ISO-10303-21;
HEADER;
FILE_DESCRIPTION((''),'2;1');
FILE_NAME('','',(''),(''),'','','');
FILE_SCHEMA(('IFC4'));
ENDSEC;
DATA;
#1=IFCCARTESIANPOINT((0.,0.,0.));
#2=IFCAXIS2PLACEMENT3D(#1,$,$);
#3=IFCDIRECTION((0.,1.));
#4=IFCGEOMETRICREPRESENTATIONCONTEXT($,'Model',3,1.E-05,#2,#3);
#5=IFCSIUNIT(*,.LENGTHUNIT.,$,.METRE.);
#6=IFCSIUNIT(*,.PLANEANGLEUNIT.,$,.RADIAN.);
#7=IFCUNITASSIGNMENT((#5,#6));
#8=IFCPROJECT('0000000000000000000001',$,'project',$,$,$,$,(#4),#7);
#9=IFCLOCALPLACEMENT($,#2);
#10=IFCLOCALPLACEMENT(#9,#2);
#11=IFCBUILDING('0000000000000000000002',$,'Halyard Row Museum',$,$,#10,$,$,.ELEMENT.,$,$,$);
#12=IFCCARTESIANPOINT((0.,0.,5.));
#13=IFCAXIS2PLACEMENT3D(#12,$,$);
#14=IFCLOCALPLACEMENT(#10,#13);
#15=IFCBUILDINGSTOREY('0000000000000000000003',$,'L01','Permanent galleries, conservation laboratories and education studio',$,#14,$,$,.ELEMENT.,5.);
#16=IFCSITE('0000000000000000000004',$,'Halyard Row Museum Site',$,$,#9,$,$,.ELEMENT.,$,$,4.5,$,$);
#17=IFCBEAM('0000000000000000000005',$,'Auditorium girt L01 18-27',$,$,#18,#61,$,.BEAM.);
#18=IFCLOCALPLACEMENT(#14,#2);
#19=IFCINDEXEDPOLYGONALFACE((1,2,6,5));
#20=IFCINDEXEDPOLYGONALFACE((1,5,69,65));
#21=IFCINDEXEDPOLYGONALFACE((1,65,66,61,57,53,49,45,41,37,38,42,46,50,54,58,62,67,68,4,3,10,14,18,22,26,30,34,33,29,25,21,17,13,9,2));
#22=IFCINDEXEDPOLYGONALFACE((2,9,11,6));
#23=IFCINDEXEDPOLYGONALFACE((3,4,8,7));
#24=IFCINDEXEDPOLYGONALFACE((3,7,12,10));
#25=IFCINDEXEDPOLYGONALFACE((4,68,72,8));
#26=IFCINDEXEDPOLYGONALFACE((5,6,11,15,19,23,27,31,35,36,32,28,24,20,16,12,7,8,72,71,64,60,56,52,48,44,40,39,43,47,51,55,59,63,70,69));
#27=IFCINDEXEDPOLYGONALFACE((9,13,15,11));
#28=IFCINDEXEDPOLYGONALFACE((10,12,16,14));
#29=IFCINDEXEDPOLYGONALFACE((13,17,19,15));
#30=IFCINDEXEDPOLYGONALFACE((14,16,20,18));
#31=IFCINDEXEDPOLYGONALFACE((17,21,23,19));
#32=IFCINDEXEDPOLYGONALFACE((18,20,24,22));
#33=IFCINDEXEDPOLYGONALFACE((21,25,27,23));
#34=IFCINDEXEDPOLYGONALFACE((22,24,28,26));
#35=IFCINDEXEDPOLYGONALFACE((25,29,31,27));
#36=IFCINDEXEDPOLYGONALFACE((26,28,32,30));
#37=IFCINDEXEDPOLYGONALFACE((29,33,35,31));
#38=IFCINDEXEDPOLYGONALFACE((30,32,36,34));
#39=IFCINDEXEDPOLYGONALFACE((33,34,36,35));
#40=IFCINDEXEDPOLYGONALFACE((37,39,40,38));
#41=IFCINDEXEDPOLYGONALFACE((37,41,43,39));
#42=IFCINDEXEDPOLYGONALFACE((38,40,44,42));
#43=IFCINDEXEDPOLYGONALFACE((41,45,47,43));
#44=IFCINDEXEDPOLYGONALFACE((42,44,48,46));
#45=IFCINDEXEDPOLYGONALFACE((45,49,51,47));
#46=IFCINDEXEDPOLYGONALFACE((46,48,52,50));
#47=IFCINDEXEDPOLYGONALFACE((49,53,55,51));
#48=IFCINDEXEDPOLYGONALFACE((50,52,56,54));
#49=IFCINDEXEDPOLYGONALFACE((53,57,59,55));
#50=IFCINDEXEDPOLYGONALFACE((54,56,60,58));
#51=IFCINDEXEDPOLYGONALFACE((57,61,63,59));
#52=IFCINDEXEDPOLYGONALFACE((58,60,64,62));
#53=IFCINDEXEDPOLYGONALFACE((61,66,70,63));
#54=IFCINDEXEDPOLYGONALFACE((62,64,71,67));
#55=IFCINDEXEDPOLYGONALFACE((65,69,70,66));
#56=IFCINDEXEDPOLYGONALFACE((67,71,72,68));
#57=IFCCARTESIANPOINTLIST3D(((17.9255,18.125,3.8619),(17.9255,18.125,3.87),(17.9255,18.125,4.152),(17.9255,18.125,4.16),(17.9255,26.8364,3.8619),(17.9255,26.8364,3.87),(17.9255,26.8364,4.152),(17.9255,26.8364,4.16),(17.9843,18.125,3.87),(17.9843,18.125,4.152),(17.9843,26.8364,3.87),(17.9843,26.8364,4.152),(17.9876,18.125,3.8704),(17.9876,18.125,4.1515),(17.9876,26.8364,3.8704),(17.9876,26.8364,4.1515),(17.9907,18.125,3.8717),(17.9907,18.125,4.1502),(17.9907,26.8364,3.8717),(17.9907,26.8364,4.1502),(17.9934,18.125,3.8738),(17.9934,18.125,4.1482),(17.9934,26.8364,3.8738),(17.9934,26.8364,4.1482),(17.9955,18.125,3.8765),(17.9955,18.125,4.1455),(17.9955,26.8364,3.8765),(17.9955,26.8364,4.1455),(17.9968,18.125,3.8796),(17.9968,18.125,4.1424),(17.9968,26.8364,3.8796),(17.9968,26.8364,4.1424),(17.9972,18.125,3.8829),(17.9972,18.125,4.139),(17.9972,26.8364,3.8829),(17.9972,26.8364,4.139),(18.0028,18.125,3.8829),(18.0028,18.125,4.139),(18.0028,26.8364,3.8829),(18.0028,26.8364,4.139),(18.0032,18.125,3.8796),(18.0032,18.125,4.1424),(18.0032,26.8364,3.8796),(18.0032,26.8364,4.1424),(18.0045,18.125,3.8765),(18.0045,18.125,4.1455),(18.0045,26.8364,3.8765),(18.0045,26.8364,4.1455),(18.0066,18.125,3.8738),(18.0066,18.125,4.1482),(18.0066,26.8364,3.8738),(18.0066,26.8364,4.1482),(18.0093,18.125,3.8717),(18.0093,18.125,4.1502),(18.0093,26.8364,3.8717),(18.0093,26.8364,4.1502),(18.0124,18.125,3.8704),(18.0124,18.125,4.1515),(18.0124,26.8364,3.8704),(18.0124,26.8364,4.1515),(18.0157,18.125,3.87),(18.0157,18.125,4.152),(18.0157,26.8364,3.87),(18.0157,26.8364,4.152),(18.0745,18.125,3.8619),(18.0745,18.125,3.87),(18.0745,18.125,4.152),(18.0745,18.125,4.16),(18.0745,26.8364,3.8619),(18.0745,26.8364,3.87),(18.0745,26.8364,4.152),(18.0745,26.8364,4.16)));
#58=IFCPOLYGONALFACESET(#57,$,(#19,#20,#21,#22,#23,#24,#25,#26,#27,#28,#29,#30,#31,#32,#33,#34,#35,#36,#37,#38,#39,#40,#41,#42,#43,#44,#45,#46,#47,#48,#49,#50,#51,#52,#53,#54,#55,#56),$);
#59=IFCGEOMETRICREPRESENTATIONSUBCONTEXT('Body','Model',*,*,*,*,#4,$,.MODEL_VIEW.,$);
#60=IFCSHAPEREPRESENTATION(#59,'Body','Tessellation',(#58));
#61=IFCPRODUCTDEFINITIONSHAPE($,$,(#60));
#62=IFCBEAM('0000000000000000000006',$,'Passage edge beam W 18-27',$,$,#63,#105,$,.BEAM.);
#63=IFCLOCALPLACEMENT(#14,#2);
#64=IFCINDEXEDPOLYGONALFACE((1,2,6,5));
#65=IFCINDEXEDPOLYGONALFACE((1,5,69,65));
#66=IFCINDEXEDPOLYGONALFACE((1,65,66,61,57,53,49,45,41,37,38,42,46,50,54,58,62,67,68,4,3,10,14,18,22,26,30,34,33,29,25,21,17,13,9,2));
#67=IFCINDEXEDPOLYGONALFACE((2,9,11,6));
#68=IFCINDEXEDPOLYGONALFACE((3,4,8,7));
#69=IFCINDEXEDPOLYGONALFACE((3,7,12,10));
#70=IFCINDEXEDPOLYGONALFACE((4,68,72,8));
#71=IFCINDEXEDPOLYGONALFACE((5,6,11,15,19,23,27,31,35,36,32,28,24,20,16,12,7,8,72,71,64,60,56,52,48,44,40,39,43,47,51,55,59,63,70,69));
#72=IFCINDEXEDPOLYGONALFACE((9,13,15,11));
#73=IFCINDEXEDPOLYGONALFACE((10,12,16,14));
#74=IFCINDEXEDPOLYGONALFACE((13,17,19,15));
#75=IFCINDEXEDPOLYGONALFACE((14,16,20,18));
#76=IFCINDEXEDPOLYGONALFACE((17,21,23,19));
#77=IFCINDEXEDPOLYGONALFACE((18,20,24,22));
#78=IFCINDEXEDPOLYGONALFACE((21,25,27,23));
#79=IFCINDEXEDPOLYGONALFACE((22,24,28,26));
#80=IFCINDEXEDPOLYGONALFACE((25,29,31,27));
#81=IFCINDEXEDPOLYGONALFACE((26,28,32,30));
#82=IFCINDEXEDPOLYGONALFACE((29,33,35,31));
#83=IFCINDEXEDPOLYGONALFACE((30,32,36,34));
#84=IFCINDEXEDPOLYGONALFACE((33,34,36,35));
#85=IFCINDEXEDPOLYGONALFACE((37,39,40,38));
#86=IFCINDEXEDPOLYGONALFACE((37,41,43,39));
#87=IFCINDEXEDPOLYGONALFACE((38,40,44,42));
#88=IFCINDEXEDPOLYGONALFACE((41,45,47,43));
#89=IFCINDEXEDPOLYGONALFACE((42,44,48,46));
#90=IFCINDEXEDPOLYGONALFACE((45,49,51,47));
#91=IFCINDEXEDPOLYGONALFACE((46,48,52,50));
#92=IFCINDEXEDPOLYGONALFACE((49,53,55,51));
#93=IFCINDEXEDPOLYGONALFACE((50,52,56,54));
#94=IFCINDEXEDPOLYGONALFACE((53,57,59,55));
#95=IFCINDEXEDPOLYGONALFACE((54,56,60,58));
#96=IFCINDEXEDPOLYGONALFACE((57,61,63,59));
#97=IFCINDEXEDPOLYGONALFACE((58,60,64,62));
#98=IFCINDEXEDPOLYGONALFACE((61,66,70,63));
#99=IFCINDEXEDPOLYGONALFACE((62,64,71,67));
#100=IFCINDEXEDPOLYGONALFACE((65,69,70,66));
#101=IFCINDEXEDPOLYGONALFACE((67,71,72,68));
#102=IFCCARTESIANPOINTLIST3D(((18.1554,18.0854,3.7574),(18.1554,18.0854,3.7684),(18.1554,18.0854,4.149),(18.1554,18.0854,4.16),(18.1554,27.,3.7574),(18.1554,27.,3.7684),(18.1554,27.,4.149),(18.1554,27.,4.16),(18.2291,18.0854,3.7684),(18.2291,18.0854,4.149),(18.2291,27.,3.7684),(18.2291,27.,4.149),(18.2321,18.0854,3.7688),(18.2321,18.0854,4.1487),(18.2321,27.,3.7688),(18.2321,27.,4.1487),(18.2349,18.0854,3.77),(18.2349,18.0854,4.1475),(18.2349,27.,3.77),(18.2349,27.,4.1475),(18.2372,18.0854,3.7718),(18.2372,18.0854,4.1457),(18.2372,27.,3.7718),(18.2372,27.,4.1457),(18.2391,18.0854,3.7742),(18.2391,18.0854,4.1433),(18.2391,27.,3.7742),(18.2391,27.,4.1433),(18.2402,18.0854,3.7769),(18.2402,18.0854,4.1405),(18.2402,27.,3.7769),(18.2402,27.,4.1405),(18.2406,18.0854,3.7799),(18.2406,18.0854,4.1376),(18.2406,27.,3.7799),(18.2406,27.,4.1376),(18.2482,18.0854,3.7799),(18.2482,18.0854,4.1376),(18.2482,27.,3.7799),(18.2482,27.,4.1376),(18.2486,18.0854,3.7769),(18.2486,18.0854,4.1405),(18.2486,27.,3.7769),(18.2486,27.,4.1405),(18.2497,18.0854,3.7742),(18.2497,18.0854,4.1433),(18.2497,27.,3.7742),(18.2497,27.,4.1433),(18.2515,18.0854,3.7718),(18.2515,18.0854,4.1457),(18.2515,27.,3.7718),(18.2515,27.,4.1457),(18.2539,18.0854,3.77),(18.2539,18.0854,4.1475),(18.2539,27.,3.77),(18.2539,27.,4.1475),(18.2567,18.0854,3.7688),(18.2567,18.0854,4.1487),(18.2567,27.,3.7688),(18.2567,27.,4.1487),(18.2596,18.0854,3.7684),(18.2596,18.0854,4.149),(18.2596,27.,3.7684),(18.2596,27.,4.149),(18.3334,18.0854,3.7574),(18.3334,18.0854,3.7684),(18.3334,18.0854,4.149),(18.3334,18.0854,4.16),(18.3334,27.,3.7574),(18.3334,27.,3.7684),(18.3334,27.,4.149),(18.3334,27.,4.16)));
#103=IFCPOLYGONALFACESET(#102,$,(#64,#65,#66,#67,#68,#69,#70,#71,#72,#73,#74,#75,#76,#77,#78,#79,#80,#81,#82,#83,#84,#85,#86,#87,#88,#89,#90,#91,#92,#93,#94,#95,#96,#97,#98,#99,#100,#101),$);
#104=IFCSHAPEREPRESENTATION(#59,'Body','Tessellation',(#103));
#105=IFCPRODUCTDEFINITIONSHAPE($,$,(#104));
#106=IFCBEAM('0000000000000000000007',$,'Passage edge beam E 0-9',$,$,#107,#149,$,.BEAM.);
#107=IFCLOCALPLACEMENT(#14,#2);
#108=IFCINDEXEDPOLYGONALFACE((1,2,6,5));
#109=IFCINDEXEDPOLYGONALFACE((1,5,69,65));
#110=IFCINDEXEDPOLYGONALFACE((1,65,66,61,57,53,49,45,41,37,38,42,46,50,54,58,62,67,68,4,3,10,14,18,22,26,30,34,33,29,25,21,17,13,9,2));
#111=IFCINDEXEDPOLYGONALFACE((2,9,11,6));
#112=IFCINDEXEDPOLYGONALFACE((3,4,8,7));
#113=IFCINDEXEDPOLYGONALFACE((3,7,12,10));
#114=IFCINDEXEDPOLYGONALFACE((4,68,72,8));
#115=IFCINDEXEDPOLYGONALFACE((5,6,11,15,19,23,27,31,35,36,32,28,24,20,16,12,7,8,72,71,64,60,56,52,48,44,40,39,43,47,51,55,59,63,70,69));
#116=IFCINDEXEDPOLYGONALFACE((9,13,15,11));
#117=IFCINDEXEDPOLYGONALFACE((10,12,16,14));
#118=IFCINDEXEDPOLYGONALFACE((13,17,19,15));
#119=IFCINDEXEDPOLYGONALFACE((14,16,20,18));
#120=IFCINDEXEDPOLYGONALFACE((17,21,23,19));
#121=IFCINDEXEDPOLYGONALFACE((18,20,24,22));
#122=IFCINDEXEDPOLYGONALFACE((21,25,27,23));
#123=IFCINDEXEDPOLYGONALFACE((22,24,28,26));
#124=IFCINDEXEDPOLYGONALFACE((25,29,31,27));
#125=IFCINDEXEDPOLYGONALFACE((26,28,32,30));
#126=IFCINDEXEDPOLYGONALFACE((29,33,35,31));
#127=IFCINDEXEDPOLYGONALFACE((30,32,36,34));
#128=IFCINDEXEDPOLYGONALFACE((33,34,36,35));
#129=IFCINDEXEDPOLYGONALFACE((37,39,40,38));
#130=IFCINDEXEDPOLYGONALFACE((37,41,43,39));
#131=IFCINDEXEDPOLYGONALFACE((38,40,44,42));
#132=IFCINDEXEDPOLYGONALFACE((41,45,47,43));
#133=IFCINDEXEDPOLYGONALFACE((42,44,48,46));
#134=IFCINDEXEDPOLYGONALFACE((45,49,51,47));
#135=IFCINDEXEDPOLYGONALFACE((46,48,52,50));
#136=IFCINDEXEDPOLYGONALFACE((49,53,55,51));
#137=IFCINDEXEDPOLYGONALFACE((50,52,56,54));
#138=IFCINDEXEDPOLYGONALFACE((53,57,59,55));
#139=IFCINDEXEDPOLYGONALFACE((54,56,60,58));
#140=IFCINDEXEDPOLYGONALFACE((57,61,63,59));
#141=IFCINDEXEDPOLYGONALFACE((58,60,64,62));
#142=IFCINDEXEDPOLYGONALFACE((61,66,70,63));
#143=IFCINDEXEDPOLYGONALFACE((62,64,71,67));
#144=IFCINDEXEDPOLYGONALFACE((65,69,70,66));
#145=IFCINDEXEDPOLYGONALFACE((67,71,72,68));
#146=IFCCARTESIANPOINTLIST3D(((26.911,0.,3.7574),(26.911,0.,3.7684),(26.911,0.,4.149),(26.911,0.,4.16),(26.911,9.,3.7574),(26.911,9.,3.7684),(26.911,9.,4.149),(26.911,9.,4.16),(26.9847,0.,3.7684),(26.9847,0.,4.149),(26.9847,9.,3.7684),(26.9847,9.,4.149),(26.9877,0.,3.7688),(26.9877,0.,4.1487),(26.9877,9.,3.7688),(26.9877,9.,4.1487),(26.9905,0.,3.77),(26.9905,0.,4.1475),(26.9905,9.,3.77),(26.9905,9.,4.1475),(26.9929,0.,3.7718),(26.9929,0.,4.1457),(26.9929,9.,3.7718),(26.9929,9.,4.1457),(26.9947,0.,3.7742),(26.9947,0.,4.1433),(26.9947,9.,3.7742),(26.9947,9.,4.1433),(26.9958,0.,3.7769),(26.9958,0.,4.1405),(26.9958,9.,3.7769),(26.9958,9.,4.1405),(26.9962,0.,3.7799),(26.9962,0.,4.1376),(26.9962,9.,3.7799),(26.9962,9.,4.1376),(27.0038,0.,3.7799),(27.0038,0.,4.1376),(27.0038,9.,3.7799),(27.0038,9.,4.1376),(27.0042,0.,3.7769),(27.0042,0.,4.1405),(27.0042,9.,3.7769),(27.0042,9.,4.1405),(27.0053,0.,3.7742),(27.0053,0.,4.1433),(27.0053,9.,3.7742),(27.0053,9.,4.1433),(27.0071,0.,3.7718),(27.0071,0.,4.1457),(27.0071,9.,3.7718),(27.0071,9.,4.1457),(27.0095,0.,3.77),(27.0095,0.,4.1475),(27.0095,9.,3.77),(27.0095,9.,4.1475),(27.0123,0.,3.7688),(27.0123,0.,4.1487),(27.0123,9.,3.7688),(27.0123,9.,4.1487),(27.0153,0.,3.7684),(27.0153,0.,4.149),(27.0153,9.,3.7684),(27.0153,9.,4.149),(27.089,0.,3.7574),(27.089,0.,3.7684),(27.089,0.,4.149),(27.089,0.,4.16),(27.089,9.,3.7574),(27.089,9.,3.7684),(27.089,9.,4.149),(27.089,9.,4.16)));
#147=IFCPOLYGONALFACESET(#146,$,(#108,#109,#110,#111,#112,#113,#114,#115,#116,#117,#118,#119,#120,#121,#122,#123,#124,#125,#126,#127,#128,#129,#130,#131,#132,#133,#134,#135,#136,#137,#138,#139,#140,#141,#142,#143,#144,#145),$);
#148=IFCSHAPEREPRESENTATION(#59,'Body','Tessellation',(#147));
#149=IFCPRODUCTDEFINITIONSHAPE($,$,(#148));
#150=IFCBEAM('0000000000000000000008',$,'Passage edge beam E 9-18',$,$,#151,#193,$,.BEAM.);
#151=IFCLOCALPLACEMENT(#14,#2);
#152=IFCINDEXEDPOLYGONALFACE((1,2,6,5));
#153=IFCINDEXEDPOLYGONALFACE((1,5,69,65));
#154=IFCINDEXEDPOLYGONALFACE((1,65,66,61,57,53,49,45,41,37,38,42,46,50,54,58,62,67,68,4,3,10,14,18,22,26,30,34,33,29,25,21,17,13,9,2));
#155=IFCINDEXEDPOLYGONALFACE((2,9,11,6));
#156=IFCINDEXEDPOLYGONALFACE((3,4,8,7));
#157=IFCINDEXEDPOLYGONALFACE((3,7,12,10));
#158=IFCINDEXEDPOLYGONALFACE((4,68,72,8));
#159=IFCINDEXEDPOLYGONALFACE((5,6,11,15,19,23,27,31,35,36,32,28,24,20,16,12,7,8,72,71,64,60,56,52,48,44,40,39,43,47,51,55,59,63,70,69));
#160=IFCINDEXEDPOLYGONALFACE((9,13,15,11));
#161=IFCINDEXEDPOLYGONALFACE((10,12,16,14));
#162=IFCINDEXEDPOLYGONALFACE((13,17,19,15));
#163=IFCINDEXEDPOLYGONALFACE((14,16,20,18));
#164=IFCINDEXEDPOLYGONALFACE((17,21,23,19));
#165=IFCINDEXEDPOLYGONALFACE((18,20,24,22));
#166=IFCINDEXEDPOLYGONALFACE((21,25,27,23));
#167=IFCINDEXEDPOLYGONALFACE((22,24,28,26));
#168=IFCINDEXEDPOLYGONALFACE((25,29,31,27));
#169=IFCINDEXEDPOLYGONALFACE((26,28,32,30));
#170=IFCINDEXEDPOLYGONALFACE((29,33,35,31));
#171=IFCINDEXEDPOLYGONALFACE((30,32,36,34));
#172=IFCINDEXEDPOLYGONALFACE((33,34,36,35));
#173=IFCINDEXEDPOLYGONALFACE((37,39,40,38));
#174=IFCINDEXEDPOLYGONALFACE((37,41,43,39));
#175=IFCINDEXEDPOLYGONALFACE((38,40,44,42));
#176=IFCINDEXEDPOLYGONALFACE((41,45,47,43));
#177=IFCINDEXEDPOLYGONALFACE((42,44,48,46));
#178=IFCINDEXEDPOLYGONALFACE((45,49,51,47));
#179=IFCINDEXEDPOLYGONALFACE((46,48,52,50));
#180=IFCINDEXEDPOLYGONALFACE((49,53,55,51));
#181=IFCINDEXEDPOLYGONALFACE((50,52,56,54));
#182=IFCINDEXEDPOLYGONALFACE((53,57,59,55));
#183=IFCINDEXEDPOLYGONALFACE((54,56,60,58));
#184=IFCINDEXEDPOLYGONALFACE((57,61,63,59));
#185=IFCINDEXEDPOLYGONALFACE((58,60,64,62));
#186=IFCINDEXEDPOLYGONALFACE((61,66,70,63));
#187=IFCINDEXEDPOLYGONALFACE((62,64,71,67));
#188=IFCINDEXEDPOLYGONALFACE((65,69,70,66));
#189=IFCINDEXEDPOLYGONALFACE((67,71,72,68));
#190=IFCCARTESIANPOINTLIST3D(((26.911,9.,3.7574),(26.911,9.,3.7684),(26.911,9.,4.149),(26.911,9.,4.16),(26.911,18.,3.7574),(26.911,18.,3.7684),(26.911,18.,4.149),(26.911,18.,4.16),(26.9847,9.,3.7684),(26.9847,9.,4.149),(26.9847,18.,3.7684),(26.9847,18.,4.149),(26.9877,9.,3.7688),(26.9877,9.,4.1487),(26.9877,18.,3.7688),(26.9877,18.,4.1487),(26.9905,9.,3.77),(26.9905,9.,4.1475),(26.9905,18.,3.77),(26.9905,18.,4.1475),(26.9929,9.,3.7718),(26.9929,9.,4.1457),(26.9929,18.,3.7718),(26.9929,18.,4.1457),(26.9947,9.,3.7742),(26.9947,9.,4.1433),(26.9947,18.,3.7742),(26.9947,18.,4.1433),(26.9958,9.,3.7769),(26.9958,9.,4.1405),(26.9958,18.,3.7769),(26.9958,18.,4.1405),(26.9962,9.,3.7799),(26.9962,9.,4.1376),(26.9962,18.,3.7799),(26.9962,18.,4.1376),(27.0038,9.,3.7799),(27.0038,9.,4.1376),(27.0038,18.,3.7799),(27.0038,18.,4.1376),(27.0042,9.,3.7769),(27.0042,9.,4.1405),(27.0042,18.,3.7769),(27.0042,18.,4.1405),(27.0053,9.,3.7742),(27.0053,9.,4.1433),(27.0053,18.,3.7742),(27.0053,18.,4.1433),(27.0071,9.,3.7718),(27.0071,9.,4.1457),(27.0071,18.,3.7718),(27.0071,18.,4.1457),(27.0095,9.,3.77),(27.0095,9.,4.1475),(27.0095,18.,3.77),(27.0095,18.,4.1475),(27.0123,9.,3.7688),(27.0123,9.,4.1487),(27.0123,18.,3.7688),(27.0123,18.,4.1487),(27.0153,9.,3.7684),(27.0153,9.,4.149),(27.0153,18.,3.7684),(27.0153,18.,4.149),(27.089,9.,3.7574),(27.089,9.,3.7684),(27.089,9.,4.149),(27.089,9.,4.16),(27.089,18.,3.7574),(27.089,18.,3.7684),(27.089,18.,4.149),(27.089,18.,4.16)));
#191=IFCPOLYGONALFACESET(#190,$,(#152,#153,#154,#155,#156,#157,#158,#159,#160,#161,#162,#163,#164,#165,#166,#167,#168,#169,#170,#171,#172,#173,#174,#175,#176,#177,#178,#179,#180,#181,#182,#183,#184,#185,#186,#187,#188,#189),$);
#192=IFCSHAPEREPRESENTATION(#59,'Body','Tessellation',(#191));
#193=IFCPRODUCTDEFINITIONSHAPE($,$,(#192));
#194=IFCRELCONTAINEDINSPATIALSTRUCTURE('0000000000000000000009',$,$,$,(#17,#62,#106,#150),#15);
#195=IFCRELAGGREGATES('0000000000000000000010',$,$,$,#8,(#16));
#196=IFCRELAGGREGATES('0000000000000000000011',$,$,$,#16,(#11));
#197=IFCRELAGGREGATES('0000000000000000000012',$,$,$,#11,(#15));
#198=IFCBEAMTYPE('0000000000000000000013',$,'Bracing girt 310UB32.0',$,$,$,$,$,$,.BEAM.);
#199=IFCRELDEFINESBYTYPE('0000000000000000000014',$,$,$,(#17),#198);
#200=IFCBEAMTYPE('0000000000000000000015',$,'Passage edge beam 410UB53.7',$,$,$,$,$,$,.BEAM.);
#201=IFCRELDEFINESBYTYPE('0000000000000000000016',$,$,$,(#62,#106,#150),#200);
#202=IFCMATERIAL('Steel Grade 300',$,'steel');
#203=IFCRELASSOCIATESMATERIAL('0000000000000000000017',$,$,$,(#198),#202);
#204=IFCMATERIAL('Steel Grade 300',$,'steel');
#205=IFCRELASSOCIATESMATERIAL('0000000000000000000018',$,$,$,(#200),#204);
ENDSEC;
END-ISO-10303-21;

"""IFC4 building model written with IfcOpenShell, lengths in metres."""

from ifc_helpers import new_model, si_unit, direction, frame, origin, origin_2d, place, context, subcontext, project, spatial, i_section, extrude, material, material_profile, profile_set, type_object, element, save


model = new_model("IFC4")

# Units and contexts
model_context = context("Model", 3, precision=1e-05, world=origin(), true_north=direction((0.0, 1.0)))
body_context = subcontext(model_context, "Body", "Model", "MODEL_VIEW")
ifc_project = project(units=[si_unit("LENGTHUNIT", "METRE"), si_unit("PLANEANGLEUNIT", "RADIAN")], contexts=[model_context])

# Site, building, storey
site_placement = place(None, origin())
site = spatial("IfcSite", under=ifc_project, at=site_placement, Name="Halyard Row Museum Site", CompositionType="ELEMENT", RefElevation=4.5)
building_placement = place(site_placement, origin())
building = spatial("IfcBuilding", under=site, at=building_placement, Name="Halyard Row Museum", CompositionType="ELEMENT")
storey_placement = place(building_placement, frame((0.0, 0.0, 5.0)))
storey = spatial("IfcBuildingStorey", under=building, at=storey_placement, Name="L01", Description="Permanent galleries, conservation laboratories and education studio", CompositionType="ELEMENT", Elevation=5.0)

# Beams
ifc_material_1 = material(Name="Steel Grade 300", Category="steel")
ifc_material_profile_1 = material_profile(ifc_material_1, i_section(OverallWidth=0.1489, OverallDepth=0.2981, WebThickness=0.0056, FlangeThickness=0.0081, FilletRadius=0.0129, at=origin_2d()), Name="310UB32.0")
ifc_profile_set_1 = profile_set([ifc_material_profile_1], Name="Steel Grade 300")
beam_type_1 = type_object("IfcBeamType", Name="Bracing girt 310UB32.0", PredefinedType="BEAM", material=ifc_profile_set_1)
beam_1_placement = place(storey_placement, frame((18.0, 18.125, 4.011), z_axis=(0.0, 1.0, 0.0), x_axis=(-1.0, 0.0, 0.0)))
element("IfcBeam", 1, at=beam_1_placement, inside=storey, type_object=beam_type_1, Name="Auditorium girt L01 18-27", PredefinedType="BEAM", context=body_context, shape_type="SweptSolid", body=[
    extrude(i_section(OverallWidth=0.1489, OverallDepth=0.2981, WebThickness=0.0056, FlangeThickness=0.0081, FilletRadius=0.0129, at=origin_2d()), origin(), (0.0, 0.0, 1.0), 8.7114),
])
ifc_material_2 = material(Name="Steel Grade 300", Category="steel")
ifc_material_profile_2 = material_profile(ifc_material_2, i_section(OverallWidth=0.178, OverallDepth=0.4026, WebThickness=0.0076, FlangeThickness=0.011, FilletRadius=0.0115, at=origin_2d()), Name="410UB53.7")
ifc_profile_set_2 = profile_set([ifc_material_profile_2], Name="Steel Grade 300")
beam_type_2 = type_object("IfcBeamType", Name="Passage edge beam 410UB53.7", PredefinedType="BEAM", material=ifc_profile_set_2)
beam_2_placement = place(storey_placement, frame((18.2444, 18.0854, 3.9587), z_axis=(0.0, 1.0, 0.0), x_axis=(-1.0, 0.0, 0.0)))
element("IfcBeam", 2, at=beam_2_placement, inside=storey, type_object=beam_type_2, Name="Passage edge beam W 18-27", PredefinedType="BEAM", context=body_context, shape_type="SweptSolid", body=[
    extrude(i_section(OverallWidth=0.178, OverallDepth=0.4026, WebThickness=0.0076, FlangeThickness=0.011, FilletRadius=0.0115, at=origin_2d()), origin(), (0.0, 0.0, 1.0), 8.9146),
])
for number, where, z_axis, x_axis, name in (
    (3, (27.0, 0.0, 3.9587), (0.0, 1.0, 0.0), (-1.0, 0.0, 0.0), "Passage edge beam E 0-9"),
    (4, (27.0, 9.0, 3.9587), (0.0, 1.0, 0.0), (-1.0, 0.0, 0.0), "Passage edge beam E 9-18"),
):
    element("IfcBeam", number, at=place(storey_placement, frame(where, z_axis=z_axis, x_axis=x_axis)), inside=storey, type_object=beam_type_2, Name=name, PredefinedType="BEAM", context=body_context, shape_type="SweptSolid", body=[
        extrude(i_section(OverallWidth=0.178, OverallDepth=0.4026, WebThickness=0.0076, FlangeThickness=0.011, FilletRadius=0.0115, at=origin_2d()), origin(), (0.0, 0.0, 1.0), 9.0),
    ])

save(model, "model.ifc")
